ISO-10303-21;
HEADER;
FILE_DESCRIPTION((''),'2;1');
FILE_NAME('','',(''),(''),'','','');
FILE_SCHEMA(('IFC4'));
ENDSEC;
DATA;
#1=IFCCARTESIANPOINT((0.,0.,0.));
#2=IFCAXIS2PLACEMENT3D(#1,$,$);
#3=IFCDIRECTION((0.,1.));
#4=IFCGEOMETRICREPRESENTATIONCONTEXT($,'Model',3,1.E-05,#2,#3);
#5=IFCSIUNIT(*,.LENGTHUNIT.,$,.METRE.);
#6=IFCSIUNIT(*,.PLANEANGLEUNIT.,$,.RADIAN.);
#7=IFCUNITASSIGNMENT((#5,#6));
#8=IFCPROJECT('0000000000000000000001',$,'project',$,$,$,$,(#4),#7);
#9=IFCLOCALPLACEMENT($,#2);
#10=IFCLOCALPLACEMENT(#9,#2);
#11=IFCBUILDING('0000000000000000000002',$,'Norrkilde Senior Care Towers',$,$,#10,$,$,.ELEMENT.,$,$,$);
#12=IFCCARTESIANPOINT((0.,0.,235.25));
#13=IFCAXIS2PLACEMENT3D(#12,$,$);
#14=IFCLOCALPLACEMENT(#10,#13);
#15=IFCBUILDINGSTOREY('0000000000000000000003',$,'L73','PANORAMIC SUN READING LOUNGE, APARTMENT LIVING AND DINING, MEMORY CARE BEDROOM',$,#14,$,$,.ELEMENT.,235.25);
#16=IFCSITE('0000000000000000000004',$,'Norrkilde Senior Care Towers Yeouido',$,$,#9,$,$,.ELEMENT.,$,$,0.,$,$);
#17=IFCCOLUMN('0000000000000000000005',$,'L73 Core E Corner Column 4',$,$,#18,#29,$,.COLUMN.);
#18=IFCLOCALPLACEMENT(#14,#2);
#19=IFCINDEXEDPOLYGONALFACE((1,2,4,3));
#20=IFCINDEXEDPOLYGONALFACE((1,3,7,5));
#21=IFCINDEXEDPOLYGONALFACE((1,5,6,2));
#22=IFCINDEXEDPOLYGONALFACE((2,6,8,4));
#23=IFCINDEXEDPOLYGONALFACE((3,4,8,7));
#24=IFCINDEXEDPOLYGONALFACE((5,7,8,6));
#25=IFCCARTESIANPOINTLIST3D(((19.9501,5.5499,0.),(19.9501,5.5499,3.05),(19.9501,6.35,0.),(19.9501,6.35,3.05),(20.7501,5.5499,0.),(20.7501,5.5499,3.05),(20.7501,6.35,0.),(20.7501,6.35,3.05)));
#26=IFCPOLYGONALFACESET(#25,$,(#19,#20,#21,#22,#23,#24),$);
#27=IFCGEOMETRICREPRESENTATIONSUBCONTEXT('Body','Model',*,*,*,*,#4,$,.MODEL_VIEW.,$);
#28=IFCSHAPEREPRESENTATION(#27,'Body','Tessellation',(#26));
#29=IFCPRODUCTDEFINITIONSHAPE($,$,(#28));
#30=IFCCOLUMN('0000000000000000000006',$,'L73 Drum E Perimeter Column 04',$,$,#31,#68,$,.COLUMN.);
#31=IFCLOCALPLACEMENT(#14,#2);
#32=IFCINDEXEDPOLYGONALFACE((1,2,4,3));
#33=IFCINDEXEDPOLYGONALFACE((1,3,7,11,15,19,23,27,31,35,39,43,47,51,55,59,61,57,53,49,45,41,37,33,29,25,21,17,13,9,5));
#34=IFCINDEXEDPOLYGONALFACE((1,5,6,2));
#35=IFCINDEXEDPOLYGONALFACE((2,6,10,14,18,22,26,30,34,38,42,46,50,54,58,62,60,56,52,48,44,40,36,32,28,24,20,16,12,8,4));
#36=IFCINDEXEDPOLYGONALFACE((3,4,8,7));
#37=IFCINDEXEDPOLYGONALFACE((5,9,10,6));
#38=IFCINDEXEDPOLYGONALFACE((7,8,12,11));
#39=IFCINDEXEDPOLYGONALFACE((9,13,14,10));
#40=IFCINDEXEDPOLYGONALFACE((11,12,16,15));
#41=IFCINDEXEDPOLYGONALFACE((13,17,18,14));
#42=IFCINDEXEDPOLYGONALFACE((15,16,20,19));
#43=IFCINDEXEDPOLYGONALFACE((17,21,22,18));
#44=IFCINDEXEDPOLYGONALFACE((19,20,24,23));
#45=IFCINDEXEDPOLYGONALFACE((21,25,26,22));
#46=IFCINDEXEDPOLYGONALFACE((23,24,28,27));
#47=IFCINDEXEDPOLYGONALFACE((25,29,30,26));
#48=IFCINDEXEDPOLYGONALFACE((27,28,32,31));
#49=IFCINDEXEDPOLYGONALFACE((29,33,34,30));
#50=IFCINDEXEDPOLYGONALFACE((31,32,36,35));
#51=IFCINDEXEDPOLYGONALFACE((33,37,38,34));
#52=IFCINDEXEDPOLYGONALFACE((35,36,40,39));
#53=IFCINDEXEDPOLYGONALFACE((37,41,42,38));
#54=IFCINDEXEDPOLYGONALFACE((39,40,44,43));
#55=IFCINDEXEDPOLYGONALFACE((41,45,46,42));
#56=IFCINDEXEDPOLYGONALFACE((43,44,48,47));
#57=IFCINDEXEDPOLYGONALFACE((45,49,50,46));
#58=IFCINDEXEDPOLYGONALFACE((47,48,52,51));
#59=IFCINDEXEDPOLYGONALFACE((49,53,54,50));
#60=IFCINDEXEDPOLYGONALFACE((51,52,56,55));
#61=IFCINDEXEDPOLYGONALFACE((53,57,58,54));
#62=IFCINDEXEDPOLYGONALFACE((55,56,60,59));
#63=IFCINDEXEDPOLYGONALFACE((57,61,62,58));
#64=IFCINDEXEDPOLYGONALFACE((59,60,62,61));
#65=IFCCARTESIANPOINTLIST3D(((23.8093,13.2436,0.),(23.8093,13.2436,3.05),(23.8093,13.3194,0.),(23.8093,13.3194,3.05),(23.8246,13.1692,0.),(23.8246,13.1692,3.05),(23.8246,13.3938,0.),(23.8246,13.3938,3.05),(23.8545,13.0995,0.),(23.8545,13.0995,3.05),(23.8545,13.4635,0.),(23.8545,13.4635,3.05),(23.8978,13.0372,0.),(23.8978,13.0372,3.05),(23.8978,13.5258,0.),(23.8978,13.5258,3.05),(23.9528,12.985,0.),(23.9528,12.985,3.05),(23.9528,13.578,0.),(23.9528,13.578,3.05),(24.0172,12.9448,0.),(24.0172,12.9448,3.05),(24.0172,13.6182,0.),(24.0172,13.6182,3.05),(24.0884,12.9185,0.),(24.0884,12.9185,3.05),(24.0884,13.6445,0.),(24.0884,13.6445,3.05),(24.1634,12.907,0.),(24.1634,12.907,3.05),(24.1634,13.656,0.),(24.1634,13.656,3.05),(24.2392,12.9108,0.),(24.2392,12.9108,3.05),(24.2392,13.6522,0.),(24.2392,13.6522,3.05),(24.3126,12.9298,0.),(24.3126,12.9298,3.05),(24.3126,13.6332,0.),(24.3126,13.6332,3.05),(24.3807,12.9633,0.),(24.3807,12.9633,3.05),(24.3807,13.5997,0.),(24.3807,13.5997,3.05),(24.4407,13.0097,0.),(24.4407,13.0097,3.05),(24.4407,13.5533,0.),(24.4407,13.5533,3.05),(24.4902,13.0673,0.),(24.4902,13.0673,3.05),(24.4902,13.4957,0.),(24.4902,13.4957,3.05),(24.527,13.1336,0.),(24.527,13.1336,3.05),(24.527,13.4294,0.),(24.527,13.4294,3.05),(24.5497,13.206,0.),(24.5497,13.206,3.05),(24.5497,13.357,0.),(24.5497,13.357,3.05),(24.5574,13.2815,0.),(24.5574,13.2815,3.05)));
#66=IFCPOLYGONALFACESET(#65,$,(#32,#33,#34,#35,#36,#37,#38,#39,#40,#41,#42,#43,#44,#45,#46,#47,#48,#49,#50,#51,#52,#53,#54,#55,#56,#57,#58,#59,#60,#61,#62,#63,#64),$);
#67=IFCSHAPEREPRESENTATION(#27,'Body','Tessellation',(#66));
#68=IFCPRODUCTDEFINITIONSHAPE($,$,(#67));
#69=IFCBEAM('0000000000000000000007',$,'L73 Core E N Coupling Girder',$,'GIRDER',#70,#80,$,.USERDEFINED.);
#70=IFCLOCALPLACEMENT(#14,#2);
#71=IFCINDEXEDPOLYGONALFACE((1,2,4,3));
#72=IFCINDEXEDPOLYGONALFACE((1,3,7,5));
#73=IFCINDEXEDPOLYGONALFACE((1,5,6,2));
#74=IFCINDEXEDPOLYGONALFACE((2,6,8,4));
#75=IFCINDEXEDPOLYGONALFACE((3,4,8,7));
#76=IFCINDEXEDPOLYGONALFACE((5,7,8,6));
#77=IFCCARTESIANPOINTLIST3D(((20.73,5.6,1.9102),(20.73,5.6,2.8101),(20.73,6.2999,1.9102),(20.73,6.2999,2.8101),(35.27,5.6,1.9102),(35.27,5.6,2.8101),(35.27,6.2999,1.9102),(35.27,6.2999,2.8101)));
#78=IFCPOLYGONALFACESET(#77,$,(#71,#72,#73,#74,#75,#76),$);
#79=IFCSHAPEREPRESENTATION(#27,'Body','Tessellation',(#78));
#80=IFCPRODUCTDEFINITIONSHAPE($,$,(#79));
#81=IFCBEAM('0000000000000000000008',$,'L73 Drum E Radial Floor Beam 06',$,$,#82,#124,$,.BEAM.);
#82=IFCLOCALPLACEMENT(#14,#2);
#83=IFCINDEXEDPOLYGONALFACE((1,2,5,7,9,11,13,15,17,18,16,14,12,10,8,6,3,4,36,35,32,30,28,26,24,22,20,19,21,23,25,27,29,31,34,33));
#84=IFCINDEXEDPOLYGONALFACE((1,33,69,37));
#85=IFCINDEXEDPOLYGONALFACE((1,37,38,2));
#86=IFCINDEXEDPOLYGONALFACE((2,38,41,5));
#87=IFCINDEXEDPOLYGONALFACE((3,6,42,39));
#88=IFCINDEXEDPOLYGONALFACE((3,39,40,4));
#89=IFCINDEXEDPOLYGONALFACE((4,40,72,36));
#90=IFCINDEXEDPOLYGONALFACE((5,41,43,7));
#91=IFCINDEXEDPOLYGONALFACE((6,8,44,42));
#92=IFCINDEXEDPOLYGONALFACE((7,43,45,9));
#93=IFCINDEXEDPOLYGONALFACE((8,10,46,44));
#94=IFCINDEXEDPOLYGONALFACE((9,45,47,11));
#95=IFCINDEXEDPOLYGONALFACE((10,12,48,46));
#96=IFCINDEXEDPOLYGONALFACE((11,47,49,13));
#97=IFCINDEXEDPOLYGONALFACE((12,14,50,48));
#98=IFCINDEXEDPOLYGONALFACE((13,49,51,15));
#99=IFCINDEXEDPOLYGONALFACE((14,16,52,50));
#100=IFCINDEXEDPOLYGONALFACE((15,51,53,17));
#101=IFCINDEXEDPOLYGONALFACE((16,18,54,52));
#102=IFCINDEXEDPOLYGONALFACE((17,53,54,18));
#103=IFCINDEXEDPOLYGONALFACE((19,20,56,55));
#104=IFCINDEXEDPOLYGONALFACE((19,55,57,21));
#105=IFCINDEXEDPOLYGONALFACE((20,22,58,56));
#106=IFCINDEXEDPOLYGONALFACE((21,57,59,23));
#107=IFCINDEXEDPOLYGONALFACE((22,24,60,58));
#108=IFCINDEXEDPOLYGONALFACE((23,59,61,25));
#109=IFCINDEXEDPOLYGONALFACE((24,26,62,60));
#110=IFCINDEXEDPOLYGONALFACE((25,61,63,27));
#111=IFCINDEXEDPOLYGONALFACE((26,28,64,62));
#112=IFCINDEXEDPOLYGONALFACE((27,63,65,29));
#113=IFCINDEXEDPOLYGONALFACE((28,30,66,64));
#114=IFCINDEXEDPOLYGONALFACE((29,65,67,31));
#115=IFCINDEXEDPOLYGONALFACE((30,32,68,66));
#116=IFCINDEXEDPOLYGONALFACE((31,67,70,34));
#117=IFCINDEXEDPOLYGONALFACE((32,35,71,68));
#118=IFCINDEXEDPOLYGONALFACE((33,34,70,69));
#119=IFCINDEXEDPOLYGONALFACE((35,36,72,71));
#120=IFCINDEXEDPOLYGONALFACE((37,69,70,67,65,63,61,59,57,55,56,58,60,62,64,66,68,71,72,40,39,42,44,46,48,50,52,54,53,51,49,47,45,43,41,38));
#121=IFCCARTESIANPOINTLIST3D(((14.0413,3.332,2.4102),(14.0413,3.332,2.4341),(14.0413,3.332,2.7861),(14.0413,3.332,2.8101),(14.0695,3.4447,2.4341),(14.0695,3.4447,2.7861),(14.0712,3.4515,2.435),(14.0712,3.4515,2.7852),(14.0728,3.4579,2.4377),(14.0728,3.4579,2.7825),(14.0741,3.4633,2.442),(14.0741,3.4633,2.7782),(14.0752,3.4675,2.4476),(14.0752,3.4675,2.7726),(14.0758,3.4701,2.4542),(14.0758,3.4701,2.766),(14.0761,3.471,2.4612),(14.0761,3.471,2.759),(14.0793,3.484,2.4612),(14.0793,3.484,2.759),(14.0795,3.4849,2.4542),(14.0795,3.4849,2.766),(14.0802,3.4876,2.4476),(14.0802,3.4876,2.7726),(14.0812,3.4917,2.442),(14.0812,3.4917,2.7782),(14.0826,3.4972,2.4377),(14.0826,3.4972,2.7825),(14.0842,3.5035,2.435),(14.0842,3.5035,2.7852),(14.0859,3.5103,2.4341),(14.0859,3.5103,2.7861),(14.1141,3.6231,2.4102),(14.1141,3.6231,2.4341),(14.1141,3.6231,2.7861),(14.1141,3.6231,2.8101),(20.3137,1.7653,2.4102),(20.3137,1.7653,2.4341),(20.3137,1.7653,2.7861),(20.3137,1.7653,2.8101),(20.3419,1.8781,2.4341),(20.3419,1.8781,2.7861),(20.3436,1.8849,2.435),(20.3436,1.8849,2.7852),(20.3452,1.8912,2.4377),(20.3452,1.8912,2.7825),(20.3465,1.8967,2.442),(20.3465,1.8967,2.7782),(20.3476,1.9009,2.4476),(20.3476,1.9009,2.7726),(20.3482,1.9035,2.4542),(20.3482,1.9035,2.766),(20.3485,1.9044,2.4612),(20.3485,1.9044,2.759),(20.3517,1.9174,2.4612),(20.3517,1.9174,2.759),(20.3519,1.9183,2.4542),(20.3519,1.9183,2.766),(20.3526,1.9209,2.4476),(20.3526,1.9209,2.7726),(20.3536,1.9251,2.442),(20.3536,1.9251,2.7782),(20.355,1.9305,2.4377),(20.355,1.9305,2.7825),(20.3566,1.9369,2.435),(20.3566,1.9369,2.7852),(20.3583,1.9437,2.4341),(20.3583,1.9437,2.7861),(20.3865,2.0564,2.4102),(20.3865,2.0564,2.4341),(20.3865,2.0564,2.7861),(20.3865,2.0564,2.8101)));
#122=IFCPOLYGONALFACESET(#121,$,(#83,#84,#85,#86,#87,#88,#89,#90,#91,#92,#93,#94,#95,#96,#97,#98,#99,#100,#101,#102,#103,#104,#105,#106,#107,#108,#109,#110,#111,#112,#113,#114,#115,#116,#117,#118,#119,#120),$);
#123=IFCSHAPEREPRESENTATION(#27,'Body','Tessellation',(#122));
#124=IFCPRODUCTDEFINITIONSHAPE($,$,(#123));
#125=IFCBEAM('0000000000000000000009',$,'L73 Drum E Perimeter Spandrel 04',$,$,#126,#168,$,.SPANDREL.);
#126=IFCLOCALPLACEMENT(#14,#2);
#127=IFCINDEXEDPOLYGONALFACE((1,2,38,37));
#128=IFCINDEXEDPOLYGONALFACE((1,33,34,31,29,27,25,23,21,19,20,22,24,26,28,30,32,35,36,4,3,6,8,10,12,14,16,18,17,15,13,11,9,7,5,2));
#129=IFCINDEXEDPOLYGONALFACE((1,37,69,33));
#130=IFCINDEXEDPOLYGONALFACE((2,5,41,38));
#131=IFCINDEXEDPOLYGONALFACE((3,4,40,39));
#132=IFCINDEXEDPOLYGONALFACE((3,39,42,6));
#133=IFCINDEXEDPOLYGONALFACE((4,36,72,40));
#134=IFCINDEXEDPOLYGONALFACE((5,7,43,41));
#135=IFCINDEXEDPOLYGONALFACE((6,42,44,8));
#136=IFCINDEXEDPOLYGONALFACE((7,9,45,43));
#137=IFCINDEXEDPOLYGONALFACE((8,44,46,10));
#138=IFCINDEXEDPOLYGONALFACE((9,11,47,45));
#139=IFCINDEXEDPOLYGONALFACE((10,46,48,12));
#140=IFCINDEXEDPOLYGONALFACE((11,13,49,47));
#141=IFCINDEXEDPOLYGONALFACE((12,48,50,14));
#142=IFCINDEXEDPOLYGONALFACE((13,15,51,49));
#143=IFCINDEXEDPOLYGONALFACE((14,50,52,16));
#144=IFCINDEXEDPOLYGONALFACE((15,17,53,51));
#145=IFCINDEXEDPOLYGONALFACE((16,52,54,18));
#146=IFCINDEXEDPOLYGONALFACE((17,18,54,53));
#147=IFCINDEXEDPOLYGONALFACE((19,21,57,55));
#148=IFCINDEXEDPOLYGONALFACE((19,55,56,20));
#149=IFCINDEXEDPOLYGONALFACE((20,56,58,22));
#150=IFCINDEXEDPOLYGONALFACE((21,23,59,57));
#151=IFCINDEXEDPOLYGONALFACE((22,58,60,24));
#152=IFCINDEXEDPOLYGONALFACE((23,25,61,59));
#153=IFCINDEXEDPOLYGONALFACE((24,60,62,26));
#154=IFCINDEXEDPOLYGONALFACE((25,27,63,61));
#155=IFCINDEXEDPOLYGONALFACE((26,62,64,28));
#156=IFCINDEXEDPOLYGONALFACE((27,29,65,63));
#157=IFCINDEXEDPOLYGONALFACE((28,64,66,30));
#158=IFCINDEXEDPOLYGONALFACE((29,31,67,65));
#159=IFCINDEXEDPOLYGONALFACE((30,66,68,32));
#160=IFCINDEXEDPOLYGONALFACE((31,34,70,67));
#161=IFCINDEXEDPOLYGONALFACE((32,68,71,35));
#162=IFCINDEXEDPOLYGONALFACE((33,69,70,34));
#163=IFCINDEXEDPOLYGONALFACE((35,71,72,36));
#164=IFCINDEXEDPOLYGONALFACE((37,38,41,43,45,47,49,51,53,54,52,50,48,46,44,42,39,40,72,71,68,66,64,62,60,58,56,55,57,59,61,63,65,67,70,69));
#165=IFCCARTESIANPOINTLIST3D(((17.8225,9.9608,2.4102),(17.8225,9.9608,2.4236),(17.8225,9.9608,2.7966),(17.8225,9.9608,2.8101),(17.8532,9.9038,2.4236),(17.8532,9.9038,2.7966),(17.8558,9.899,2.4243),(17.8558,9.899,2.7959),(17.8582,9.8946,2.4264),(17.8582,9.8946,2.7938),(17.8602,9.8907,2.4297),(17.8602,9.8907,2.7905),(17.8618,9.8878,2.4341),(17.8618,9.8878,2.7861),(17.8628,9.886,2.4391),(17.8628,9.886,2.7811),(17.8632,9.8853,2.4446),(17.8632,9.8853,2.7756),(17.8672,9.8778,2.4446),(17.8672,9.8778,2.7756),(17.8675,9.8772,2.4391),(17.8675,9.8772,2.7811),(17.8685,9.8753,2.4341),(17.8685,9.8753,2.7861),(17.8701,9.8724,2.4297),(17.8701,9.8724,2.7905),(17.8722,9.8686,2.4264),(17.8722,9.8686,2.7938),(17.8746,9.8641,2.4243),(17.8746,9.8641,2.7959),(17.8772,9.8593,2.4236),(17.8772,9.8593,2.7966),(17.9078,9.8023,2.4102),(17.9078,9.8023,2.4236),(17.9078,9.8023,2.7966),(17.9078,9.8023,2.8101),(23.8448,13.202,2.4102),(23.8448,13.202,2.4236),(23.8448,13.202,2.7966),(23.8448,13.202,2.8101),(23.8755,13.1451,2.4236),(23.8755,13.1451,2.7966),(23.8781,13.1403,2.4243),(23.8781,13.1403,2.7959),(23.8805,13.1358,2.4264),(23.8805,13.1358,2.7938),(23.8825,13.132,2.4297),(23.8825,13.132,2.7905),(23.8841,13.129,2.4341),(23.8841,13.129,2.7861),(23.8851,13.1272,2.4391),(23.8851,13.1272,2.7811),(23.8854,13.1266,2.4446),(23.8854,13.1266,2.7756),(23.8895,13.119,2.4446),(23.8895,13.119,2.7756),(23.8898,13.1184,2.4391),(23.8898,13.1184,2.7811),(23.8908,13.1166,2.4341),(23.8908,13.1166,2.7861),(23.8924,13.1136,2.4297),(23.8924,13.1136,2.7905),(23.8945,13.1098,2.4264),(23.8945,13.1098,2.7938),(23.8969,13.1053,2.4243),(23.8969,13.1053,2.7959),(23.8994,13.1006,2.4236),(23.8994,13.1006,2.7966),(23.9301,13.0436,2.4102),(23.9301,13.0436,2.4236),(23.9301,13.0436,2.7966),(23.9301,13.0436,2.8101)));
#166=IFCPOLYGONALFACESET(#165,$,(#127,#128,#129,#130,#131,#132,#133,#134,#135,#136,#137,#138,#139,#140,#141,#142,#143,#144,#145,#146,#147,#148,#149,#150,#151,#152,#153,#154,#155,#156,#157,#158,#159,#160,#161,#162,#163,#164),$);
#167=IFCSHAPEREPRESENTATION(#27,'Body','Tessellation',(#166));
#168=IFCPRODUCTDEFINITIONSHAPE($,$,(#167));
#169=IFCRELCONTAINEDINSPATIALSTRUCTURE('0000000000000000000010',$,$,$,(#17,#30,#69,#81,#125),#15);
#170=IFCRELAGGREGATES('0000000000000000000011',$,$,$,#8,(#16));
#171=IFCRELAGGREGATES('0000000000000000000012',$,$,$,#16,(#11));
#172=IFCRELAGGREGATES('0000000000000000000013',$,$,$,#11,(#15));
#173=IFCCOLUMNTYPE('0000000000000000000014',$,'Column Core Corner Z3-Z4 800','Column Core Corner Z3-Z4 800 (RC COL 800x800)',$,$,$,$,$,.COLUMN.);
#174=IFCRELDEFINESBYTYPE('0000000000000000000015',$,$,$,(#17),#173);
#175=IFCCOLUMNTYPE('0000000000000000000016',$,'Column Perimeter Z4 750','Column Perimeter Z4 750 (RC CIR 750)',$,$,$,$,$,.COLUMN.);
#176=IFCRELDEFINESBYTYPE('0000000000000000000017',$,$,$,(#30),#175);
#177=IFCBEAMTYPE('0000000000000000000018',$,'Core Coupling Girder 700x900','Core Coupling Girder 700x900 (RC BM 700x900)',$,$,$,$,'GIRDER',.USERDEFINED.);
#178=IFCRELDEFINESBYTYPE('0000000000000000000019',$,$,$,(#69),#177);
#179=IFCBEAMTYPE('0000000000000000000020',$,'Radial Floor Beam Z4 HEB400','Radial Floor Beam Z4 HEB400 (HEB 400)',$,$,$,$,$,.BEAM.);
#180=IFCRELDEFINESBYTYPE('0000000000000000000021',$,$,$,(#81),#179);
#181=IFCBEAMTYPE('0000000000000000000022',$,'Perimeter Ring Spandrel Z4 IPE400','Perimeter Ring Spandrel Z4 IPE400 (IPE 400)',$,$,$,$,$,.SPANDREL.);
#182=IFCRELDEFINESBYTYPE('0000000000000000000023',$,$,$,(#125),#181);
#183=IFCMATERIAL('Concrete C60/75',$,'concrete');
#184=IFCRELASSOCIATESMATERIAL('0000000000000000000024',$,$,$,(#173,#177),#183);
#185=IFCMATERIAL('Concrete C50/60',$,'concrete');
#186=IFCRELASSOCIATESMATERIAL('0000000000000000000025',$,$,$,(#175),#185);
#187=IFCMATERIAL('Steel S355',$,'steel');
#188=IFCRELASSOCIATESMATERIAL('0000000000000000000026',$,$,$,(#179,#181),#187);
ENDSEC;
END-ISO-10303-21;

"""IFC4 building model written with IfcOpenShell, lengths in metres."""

from ifc_helpers import new_model, si_unit, direction, frame, origin, origin_2d, place, context, subcontext, project, spatial, rectangle, circle, i_section, extrude, source, transform, mapped, material, material_profile, profile_set, type_object, type_shapes, element, save


model = new_model("IFC4")

# Units and contexts
model_context = context("Model", 3, precision=1e-05, world=origin(), true_north=direction((0.0, 1.0)))
body_context = subcontext(model_context, "Body", "Model", "MODEL_VIEW")
ifc_project = project(units=[si_unit("LENGTHUNIT", "METRE"), si_unit("PLANEANGLEUNIT", "RADIAN")], contexts=[model_context])

# Site, building, storey
site_placement = place(None, origin())
site = spatial("IfcSite", under=ifc_project, at=site_placement, Name="Norrkilde Senior Care Towers Yeouido", CompositionType="ELEMENT", RefElevation=0.0)
building_placement = place(site_placement, origin())
building = spatial("IfcBuilding", under=site, at=building_placement, Name="Norrkilde Senior Care Towers", CompositionType="ELEMENT")
storey_placement = place(building_placement, frame((0.0, 0.0, 235.25)))
storey = spatial("IfcBuildingStorey", under=building, at=storey_placement, Name="L73", Description="PANORAMIC SUN READING LOUNGE, APARTMENT LIVING AND DINING, MEMORY CARE BEDROOM", CompositionType="ELEMENT", Elevation=235.25)

# Columns
ifc_material_1 = material(Name="Concrete C60/75", Category="concrete")
ifc_material_profile_1 = material_profile(ifc_material_1, rectangle(XDim=0.8, YDim=0.8, at=origin_2d()), Name="RC COL 800x800")
ifc_profile_set_1 = profile_set([ifc_material_profile_1], Name="Concrete C60/75")
column_type_1 = type_object("IfcColumnType", Name="Column Core Corner Z3-Z4 800", Description="Column Core Corner Z3-Z4 800 (RC COL 800x800)", PredefinedType="COLUMN", material=ifc_profile_set_1)
shared_shape_1 = source(origin(), body_context, "Body", "SweptSolid", [
    extrude(rectangle(XDim=0.8, YDim=0.8, at=origin_2d()), origin(), (0.0, 0.0, 1.0), 3.05),
])
type_shapes(column_type_1, [shared_shape_1])
column_1_placement = place(storey_placement, frame((20.3501, 5.95, 0.0), z_axis=(0.0, 0.0, 1.0), x_axis=(1.0, 0.0, 0.0)))
element("IfcColumn", 1, at=column_1_placement, inside=storey, type_object=column_type_1, Name="L73 Core E Corner Column 4", PredefinedType="COLUMN", context=body_context, shape_type="MappedRepresentation", body=[
    mapped(shared_shape_1, transform((0.0, 0.0, 0.0), x_axis=(1.0, 0.0, 0.0), y_axis=(0.0, 1.0, 0.0), z_axis=(0.0, 0.0, 1.0), scale=1.0)),
])
ifc_material_2 = material(Name="Concrete C50/60", Category="concrete")
ifc_material_profile_2 = material_profile(ifc_material_2, circle(Radius=0.375, at=origin_2d()), Name="RC CIR 750")
ifc_profile_set_2 = profile_set([ifc_material_profile_2], Name="Concrete C50/60")
column_type_2 = type_object("IfcColumnType", Name="Column Perimeter Z4 750", Description="Column Perimeter Z4 750 (RC CIR 750)", PredefinedType="COLUMN", material=ifc_profile_set_2)
shared_shape_2 = source(origin(), body_context, "Body", "SweptSolid", [
    extrude(circle(Radius=0.375, at=origin_2d()), origin(), (0.0, 0.0, 1.0), 3.05),
])
type_shapes(column_type_2, [shared_shape_2])
column_2_placement = place(storey_placement, frame((24.1824, 13.2815, 0.0), z_axis=(0.0, 0.0, 1.0), x_axis=(1.0, 0.0, 0.0)))
element("IfcColumn", 2, at=column_2_placement, inside=storey, type_object=column_type_2, Name="L73 Drum E Perimeter Column 04", PredefinedType="COLUMN", context=body_context, shape_type="MappedRepresentation", body=[
    mapped(shared_shape_2, transform((0.0, 0.0, 0.0), x_axis=(1.0, 0.0, 0.0), y_axis=(0.0, 1.0, 0.0), z_axis=(0.0, 0.0, 1.0), scale=1.0)),
])

# Beams
ifc_material_profile_3 = material_profile(ifc_material_1, rectangle(XDim=0.7, YDim=0.8999, at=origin_2d()), Name="RC BM 700x900")
ifc_profile_set_3 = profile_set([ifc_material_profile_3], Name="Concrete C60/75")
beam_type_1 = type_object("IfcBeamType", Name="Core Coupling Girder 700x900", Description="Core Coupling Girder 700x900 (RC BM 700x900)", ElementType="GIRDER", PredefinedType="USERDEFINED", material=ifc_profile_set_3)
shared_shape_3 = source(origin(), body_context, "Body", "SweptSolid", [
    extrude(rectangle(XDim=0.7, YDim=0.8999, at=origin_2d()), origin(), (0.0, 0.0, 1.0), 14.54),
])
type_shapes(beam_type_1, [shared_shape_3])
beam_1_placement = place(storey_placement, frame((20.73, 5.95, 2.3601), z_axis=(1.0, 0.0, 0.0), x_axis=(0.0, 1.0, 0.0)))
element("IfcBeam", 3, at=beam_1_placement, inside=storey, type_object=beam_type_1, Name="L73 Core E N Coupling Girder", ObjectType="GIRDER", PredefinedType="USERDEFINED", context=body_context, shape_type="MappedRepresentation", body=[
    mapped(shared_shape_3, transform((0.0, 0.0, 0.0), x_axis=(1.0, 0.0, 0.0), y_axis=(0.0, 1.0, 0.0), z_axis=(0.0, 0.0, 1.0), scale=1.0)),
])
ifc_material_3 = material(Name="Steel S355", Category="steel")
ifc_material_profile_4 = material_profile(ifc_material_3, i_section(OverallWidth=0.3, OverallDepth=0.3999, WebThickness=0.0134, FlangeThickness=0.0239, FilletRadius=0.0271, at=origin_2d()), Name="HEB 400")
ifc_profile_set_4 = profile_set([ifc_material_profile_4], Name="Steel S355")
beam_type_2 = type_object("IfcBeamType", Name="Radial Floor Beam Z4 HEB400", Description="Radial Floor Beam Z4 HEB400 (HEB 400)", PredefinedType="BEAM", material=ifc_profile_set_4)
shared_shape_4 = source(origin(), body_context, "Body", "SweptSolid", [
    extrude(i_section(OverallWidth=0.3, OverallDepth=0.3999, WebThickness=0.0134, FlangeThickness=0.0239, FilletRadius=0.0271, at=origin_2d()), origin(), (0.0, 0.0, 1.0), 6.4651),
])
beam_2_placement = place(storey_placement, frame((20.3501, 1.9109, 2.6101), z_axis=(-0.970196, 0.242322, 0.0), x_axis=(-0.242322, -0.970196, 0.0)))
element("IfcBeam", 4, at=beam_2_placement, inside=storey, type_object=beam_type_2, Name="L73 Drum E Radial Floor Beam 06", PredefinedType="BEAM", context=body_context, shape_type="MappedRepresentation", body=[
    mapped(shared_shape_4, transform((0.0, 0.0, 0.0), x_axis=(1.0, 0.0, 0.0), y_axis=(0.0, 1.0, 0.0), z_axis=(0.0, 0.0, 1.0), scale=1.0)),
])
ifc_material_profile_5 = material_profile(ifc_material_3, i_section(OverallWidth=0.1799, OverallDepth=0.3999, WebThickness=0.0085, FlangeThickness=0.0134, FilletRadius=0.021, at=origin_2d()), Name="IPE 400")
ifc_profile_set_5 = profile_set([ifc_material_profile_5], Name="Steel S355")
beam_type_3 = type_object("IfcBeamType", Name="Perimeter Ring Spandrel Z4 IPE400", Description="Perimeter Ring Spandrel Z4 IPE400 (IPE 400)", PredefinedType="SPANDREL", material=ifc_profile_set_5)
shared_shape_5 = source(origin(), body_context, "Body", "SweptSolid", [
    extrude(i_section(OverallWidth=0.1799, OverallDepth=0.3999, WebThickness=0.0085, FlangeThickness=0.0134, FilletRadius=0.021, at=origin_2d()), origin(), (0.0, 0.0, 1.0), 6.8391),
])
type_shapes(beam_type_3, [shared_shape_5])
beam_3_placement = place(storey_placement, frame((23.8875, 13.1228, 2.6101), z_axis=(-0.880564, -0.473927, 0.0), x_axis=(0.473927, -0.880564, 0.0)))
element("IfcBeam", 5, at=beam_3_placement, inside=storey, type_object=beam_type_3, Name="L73 Drum E Perimeter Spandrel 04", PredefinedType="SPANDREL", context=body_context, shape_type="MappedRepresentation", body=[
    mapped(shared_shape_5, transform((0.0, 0.0, 0.0), x_axis=(1.0, 0.0, 0.0), y_axis=(0.0, 1.0, 0.0), z_axis=(0.0, 0.0, 1.0), scale=1.0)),
])

save(model, "model.ifc")
